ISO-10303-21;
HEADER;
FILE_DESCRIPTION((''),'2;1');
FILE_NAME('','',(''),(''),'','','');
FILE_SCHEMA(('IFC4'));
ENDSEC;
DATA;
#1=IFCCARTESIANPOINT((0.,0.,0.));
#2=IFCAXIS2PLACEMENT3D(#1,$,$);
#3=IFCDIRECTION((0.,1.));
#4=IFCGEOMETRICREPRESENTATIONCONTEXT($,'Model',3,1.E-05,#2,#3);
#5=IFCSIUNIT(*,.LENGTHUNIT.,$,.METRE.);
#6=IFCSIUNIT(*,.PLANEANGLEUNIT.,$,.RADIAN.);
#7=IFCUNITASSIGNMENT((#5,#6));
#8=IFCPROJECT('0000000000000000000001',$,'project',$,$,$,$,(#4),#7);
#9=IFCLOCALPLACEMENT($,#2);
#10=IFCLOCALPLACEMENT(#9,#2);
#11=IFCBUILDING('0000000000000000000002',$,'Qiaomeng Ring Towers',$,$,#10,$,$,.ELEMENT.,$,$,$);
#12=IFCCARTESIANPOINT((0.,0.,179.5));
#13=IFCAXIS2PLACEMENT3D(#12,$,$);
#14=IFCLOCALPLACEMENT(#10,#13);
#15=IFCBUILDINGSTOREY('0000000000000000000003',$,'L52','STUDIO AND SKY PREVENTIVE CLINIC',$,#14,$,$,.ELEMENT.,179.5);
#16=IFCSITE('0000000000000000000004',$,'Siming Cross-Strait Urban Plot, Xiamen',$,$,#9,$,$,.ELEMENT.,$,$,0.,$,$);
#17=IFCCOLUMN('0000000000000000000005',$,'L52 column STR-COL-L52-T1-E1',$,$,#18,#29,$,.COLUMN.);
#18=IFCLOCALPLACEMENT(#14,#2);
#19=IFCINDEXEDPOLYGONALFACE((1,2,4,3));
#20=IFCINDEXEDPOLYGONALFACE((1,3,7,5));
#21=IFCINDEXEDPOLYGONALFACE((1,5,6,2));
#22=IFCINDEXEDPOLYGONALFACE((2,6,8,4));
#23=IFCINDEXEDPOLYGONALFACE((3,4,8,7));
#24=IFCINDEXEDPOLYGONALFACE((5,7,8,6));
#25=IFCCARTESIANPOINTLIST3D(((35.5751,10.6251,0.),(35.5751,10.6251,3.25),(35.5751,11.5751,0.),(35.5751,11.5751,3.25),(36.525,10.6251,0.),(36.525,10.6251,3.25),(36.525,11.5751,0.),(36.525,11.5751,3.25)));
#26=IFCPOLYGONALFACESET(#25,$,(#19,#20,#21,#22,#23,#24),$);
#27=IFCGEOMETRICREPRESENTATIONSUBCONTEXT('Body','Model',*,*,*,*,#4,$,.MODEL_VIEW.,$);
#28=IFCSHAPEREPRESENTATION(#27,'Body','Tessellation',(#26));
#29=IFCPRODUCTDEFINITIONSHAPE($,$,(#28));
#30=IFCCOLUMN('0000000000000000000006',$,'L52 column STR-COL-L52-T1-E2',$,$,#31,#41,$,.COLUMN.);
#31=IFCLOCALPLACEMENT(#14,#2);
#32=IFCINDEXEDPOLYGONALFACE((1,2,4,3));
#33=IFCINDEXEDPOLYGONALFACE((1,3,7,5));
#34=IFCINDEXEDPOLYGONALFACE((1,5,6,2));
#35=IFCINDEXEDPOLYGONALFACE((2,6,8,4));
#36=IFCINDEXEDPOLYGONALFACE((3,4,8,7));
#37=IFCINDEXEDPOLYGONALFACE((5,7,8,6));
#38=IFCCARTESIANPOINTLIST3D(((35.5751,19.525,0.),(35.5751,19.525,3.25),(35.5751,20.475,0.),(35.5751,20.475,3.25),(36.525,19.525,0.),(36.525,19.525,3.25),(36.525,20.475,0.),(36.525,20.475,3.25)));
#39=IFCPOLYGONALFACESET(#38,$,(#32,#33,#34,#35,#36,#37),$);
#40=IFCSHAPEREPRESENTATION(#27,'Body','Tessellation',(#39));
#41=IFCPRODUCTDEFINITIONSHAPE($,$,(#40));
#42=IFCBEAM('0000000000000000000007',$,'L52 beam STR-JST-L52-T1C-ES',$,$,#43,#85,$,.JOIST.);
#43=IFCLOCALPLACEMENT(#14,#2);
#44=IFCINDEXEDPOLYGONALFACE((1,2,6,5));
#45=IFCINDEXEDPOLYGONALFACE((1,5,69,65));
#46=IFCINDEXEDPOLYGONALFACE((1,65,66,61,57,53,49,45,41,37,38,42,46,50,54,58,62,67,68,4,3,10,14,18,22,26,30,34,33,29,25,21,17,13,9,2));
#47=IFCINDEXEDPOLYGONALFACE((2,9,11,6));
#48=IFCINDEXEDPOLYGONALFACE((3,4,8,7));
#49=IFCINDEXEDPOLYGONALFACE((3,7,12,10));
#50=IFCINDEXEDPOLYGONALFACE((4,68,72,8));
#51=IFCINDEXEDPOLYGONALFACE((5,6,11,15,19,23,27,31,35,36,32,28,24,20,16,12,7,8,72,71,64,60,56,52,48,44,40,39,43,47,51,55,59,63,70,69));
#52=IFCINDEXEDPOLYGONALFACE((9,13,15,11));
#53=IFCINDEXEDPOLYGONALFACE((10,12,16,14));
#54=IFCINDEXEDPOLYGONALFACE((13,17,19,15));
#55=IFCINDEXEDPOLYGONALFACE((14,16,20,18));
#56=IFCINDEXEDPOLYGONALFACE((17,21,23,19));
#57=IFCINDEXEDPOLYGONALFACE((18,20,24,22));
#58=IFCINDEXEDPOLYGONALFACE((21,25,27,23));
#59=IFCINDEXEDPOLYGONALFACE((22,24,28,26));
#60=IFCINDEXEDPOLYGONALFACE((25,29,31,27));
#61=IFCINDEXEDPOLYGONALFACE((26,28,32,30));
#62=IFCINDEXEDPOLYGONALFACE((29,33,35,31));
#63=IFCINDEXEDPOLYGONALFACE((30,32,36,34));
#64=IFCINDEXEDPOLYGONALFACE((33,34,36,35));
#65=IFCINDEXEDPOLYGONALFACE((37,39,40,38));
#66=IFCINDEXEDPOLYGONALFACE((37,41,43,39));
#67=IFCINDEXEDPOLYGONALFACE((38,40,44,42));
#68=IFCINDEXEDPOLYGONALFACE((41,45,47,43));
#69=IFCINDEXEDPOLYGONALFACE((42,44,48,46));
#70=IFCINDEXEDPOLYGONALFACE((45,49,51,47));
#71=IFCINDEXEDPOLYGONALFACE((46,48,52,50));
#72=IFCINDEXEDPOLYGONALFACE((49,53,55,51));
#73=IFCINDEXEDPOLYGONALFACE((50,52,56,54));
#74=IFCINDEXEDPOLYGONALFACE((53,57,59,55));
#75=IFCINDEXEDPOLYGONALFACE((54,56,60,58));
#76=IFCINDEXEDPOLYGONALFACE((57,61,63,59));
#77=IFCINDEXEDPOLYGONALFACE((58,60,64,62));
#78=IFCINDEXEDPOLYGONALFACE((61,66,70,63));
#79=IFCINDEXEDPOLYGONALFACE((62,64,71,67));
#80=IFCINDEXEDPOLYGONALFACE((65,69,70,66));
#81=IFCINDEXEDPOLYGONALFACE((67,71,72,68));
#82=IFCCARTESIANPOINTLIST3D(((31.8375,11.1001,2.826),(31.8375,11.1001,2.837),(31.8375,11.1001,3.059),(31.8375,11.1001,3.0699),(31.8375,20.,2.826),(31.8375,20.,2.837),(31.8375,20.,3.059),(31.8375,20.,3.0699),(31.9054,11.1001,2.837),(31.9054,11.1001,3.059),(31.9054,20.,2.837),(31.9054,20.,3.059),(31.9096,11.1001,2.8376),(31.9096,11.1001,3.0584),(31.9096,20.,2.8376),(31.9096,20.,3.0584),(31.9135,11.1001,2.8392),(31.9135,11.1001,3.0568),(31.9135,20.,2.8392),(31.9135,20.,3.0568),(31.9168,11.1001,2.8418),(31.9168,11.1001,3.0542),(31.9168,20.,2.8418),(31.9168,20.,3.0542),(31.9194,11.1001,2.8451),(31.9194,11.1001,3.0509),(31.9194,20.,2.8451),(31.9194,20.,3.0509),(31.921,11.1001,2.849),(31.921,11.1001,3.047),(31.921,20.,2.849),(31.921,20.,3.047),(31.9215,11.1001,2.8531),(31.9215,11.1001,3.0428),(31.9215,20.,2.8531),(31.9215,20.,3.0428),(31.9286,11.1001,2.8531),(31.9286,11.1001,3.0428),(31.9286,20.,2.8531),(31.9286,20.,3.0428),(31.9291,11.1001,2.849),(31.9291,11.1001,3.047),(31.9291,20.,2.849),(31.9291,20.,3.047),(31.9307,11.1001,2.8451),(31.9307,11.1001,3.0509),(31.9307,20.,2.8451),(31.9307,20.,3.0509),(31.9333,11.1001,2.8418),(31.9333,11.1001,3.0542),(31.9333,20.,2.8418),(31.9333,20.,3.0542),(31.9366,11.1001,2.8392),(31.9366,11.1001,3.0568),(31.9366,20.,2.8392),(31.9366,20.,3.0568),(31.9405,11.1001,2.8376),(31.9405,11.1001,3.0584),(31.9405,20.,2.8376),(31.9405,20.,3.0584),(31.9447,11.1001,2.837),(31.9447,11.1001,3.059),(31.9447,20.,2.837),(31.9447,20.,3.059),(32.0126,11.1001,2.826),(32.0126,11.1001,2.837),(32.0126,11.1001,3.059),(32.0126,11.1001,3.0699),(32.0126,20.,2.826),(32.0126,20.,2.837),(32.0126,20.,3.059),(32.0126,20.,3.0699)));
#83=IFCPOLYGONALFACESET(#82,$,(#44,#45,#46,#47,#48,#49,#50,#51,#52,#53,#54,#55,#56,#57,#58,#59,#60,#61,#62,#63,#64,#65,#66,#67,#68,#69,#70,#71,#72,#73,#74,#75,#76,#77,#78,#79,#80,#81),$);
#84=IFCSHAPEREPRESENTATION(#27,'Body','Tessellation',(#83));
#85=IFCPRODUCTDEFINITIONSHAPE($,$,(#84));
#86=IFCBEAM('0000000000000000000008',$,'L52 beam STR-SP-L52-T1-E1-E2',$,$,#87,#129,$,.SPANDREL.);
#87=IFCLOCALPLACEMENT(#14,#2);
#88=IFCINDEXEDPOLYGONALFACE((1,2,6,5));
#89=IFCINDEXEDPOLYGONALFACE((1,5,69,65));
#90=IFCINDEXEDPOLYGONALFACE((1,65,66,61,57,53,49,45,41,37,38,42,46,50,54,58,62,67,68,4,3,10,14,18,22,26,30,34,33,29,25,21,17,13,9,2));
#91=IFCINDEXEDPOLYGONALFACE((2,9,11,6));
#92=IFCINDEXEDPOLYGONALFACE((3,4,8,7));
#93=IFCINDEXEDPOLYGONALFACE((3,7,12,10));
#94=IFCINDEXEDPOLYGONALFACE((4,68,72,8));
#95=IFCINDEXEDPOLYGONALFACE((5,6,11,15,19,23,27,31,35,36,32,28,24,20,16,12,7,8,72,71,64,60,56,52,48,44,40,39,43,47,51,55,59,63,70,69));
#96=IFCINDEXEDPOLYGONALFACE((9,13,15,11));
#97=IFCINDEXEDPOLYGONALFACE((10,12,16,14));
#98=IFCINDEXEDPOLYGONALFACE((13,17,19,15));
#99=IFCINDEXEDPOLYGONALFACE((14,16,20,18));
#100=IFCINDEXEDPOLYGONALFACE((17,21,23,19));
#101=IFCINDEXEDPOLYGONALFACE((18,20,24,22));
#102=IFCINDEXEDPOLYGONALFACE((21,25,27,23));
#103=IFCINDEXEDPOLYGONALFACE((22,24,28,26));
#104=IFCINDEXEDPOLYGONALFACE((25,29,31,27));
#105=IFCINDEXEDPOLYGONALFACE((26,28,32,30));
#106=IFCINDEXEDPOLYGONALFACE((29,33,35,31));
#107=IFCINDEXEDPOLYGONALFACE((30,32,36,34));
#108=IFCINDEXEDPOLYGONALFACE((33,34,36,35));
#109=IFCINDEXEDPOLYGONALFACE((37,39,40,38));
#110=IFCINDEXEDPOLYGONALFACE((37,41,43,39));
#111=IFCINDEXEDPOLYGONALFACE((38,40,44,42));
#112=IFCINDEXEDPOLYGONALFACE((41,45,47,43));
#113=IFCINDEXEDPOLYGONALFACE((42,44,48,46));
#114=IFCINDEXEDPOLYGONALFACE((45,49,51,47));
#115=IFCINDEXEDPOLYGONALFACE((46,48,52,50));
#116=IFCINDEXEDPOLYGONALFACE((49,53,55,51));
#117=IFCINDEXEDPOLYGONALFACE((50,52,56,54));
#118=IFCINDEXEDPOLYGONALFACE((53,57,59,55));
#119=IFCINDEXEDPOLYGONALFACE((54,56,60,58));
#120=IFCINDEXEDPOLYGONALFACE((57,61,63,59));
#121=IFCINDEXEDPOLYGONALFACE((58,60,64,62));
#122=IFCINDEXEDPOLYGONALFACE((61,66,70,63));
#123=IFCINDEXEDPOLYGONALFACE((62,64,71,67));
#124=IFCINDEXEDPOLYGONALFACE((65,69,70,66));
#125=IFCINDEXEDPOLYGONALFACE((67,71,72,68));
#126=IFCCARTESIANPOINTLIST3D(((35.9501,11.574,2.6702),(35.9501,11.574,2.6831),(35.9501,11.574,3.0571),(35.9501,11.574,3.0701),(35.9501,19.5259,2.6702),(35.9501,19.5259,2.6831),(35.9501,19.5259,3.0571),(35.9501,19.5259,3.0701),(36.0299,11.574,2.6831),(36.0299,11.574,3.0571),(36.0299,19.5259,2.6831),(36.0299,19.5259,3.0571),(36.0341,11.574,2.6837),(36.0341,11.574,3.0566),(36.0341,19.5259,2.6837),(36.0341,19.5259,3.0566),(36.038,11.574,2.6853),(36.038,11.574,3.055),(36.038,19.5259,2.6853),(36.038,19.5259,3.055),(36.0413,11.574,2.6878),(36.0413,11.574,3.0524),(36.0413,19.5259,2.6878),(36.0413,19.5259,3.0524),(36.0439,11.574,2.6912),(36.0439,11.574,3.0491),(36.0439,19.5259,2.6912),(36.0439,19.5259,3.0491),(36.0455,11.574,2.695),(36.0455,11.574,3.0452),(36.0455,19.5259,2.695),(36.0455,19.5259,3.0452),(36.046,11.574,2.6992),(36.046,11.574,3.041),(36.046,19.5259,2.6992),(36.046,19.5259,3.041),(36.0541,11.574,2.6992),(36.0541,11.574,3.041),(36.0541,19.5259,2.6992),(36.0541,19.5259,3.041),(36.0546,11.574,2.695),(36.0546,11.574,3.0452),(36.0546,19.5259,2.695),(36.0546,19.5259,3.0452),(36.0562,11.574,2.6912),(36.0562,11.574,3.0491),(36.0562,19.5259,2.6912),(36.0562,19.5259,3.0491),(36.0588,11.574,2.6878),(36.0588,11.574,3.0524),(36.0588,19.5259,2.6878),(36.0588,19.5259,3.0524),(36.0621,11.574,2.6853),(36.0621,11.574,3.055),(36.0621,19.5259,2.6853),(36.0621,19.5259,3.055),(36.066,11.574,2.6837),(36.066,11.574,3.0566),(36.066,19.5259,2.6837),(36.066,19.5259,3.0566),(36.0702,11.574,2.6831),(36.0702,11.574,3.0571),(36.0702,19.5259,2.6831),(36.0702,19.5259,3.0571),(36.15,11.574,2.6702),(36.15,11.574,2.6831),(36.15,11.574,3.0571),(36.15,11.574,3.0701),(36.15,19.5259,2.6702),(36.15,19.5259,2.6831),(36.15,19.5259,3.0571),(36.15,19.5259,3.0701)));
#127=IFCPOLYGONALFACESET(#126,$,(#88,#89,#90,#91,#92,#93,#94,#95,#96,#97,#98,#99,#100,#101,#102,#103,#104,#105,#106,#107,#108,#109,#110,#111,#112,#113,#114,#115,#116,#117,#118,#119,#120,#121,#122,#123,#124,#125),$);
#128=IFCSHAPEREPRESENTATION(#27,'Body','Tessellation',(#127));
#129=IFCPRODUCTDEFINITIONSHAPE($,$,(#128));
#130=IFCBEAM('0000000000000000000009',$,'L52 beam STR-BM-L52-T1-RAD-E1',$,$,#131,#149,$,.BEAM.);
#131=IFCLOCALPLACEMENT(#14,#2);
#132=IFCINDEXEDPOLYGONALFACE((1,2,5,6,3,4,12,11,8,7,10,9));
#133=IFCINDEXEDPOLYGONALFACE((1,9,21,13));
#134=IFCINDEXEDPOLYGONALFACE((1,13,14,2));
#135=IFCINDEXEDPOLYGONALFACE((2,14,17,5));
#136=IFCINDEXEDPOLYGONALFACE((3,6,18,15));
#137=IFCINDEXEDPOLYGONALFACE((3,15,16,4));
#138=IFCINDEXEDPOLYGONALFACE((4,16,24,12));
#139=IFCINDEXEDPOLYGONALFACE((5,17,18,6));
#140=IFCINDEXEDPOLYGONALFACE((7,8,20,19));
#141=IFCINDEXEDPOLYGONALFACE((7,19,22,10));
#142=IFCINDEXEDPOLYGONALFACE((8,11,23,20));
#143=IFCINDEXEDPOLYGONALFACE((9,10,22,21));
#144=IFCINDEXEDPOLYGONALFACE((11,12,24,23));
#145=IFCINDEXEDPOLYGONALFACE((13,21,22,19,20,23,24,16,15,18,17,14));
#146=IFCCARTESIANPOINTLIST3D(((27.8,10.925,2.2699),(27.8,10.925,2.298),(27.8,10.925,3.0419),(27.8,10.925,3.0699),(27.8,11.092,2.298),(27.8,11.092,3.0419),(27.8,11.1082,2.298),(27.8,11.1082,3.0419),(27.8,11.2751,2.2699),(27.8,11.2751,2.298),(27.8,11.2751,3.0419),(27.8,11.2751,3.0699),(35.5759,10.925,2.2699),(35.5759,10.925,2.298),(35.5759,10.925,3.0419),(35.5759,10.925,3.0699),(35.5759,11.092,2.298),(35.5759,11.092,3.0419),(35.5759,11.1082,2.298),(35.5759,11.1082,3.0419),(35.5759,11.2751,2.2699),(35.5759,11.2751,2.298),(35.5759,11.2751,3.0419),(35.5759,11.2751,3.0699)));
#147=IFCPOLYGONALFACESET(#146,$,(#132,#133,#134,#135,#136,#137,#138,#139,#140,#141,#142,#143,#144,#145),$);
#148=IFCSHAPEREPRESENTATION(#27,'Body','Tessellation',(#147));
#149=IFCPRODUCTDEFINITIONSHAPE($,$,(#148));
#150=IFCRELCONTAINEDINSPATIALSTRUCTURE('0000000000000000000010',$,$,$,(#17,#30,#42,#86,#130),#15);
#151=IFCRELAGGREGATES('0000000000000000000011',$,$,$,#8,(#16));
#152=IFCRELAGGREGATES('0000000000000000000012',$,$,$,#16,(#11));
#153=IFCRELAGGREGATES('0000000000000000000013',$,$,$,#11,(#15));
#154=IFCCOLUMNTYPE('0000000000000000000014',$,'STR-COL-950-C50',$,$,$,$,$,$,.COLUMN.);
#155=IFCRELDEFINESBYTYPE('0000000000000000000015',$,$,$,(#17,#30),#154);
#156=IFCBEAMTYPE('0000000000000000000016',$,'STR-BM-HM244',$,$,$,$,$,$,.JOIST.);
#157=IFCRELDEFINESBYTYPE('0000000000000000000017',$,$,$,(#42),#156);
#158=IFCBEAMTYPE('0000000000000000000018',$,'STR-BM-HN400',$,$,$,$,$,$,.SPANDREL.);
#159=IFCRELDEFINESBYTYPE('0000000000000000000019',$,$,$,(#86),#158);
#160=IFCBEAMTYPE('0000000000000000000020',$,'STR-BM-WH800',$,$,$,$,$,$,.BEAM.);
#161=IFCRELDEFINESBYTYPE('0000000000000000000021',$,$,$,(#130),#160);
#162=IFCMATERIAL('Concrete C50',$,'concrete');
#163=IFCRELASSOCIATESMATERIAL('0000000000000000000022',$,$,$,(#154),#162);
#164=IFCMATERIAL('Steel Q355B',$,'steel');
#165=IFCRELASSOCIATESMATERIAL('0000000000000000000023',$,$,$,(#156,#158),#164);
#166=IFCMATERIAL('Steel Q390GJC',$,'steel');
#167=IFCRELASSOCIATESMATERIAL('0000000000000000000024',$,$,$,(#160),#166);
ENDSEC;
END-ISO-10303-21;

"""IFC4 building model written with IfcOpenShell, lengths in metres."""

from ifc_helpers import new_model, si_unit, direction, frame, origin, origin_2d, place, context, subcontext, project, spatial, rectangle, i_section, extrude, source, transform, mapped, material, material_profile, profile_set, type_object, element, save


model = new_model("IFC4")

# Units and contexts
model_context = context("Model", 3, precision=1e-05, world=origin(), true_north=direction((0.0, 1.0)))
body_context = subcontext(model_context, "Body", "Model", "MODEL_VIEW")
ifc_project = project(units=[si_unit("LENGTHUNIT", "METRE"), si_unit("PLANEANGLEUNIT", "RADIAN")], contexts=[model_context])

# Site, building, storey
site_placement = place(None, origin())
site = spatial("IfcSite", under=ifc_project, at=site_placement, Name="Siming Cross-Strait Urban Plot, Xiamen", CompositionType="ELEMENT", RefElevation=0.0)
building_placement = place(site_placement, origin())
building = spatial("IfcBuilding", under=site, at=building_placement, Name="Qiaomeng Ring Towers", CompositionType="ELEMENT")
storey_placement = place(building_placement, frame((0.0, 0.0, 179.5)))
storey = spatial("IfcBuildingStorey", under=building, at=storey_placement, Name="L52", Description="STUDIO AND SKY PREVENTIVE CLINIC", CompositionType="ELEMENT", Elevation=179.5)

# Columns
ifc_material_1 = material(Name="Concrete C50", Category="concrete")
ifc_material_profile_1 = material_profile(ifc_material_1, rectangle(XDim=0.95, YDim=0.95, at=origin_2d()), Name="RC COL 950x950")
ifc_profile_set_1 = profile_set([ifc_material_profile_1], Name="Concrete C50")
column_type = type_object("IfcColumnType", Name="STR-COL-950-C50", PredefinedType="COLUMN", material=ifc_profile_set_1)
shared_shape_1 = source(origin(), body_context, "Body", "SweptSolid", [
    extrude(rectangle(XDim=0.95, YDim=0.95, at=origin_2d()), origin(), (0.0, 0.0, 1.0), 3.25),
])
for number, where, z_axis, x_axis, name in (
    (1, (36.05, 11.1001, 0.0), (0.0, 0.0, 1.0), (1.0, 0.0, 0.0), "L52 column STR-COL-L52-T1-E1"),
    (2, (36.05, 20.0, 0.0), (0.0, 0.0, 1.0), (1.0, 0.0, 0.0), "L52 column STR-COL-L52-T1-E2"),
):
    element("IfcColumn", number, at=place(storey_placement, frame(where, z_axis=z_axis, x_axis=x_axis)), inside=storey, type_object=column_type, Name=name, PredefinedType="COLUMN", context=body_context, shape_type="MappedRepresentation", body=[
        mapped(shared_shape_1, transform((0.0, 0.0, 0.0), x_axis=(1.0, 0.0, 0.0), y_axis=(0.0, 1.0, 0.0), z_axis=(0.0, 0.0, 1.0), scale=1.0)),
    ])

# Beams
ifc_material_2 = material(Name="Steel Q355B", Category="steel")
ifc_material_profile_2 = material_profile(ifc_material_2, i_section(OverallWidth=0.175, OverallDepth=0.2439, WebThickness=0.0071, FlangeThickness=0.011, FilletRadius=0.0161, at=origin_2d()), Name="HM 244x175x7x11")
ifc_profile_set_2 = profile_set([ifc_material_profile_2], Name="Steel Q355B")
beam_type_1 = type_object("IfcBeamType", Name="STR-BM-HM244", PredefinedType="JOIST", material=ifc_profile_set_2)
shared_shape_2 = source(origin(), body_context, "Body", "SweptSolid", [
    extrude(i_section(OverallWidth=0.175, OverallDepth=0.2439, WebThickness=0.0071, FlangeThickness=0.011, FilletRadius=0.0161, at=origin_2d()), origin(), (0.0, 0.0, 1.0), 8.8999),
])
beam_1_placement = place(storey_placement, frame((31.925, 11.1001, 2.948), z_axis=(0.0, 1.0, 0.0), x_axis=(-1.0, 0.0, 0.0)))
element("IfcBeam", 3, at=beam_1_placement, inside=storey, type_object=beam_type_1, Name="L52 beam STR-JST-L52-T1C-ES", PredefinedType="JOIST", context=body_context, shape_type="MappedRepresentation", body=[
    mapped(shared_shape_2, transform((0.0, 0.0, 0.0), x_axis=(1.0, 0.0, 0.0), y_axis=(0.0, 1.0, 0.0), z_axis=(0.0, 0.0, 1.0), scale=1.0)),
])
ifc_material_profile_3 = material_profile(ifc_material_2, i_section(OverallWidth=0.2, OverallDepth=0.3999, WebThickness=0.0081, FlangeThickness=0.0129, FilletRadius=0.0161, at=origin_2d()), Name="HN 400x200x8x13")
ifc_profile_set_3 = profile_set([ifc_material_profile_3], Name="Steel Q355B")
beam_type_2 = type_object("IfcBeamType", Name="STR-BM-HN400", PredefinedType="SPANDREL", material=ifc_profile_set_3)
shared_shape_3 = source(origin(), body_context, "Body", "SweptSolid", [
    extrude(i_section(OverallWidth=0.2, OverallDepth=0.3999, WebThickness=0.0081, FlangeThickness=0.0129, FilletRadius=0.0161, at=origin_2d()), origin(), (0.0, 0.0, 1.0), 7.9519),
])
beam_2_placement = place(storey_placement, frame((36.05, 11.574, 2.8701), z_axis=(0.0, 1.0, 0.0), x_axis=(-1.0, 0.0, 0.0)))
element("IfcBeam", 4, at=beam_2_placement, inside=storey, type_object=beam_type_2, Name="L52 beam STR-SP-L52-T1-E1-E2", PredefinedType="SPANDREL", context=body_context, shape_type="MappedRepresentation", body=[
    mapped(shared_shape_3, transform((0.0, 0.0, 0.0), x_axis=(1.0, 0.0, 0.0), y_axis=(0.0, 1.0, 0.0), z_axis=(0.0, 0.0, 1.0), scale=1.0)),
])
ifc_material_3 = material(Name="Steel Q390GJC", Category="steel")
ifc_material_profile_4 = material_profile(ifc_material_3, i_section(OverallWidth=0.3501, OverallDepth=0.8, WebThickness=0.0161, FlangeThickness=0.0281, at=origin_2d()), Name="WH 800x350x16x28")
ifc_profile_set_4 = profile_set([ifc_material_profile_4], Name="Steel Q390GJC")
beam_type_3 = type_object("IfcBeamType", Name="STR-BM-WH800", PredefinedType="BEAM", material=ifc_profile_set_4)
shared_shape_4 = source(origin(), body_context, "Body", "SweptSolid", [
    extrude(i_section(OverallWidth=0.3501, OverallDepth=0.8, WebThickness=0.0161, FlangeThickness=0.0281, at=origin_2d()), origin(), (0.0, 0.0, 1.0), 7.7759),
])
beam_3_placement = place(storey_placement, frame((27.8, 11.1001, 2.6699), z_axis=(1.0, 0.0, 0.0), x_axis=(0.0, 1.0, 0.0)))
element("IfcBeam", 5, at=beam_3_placement, inside=storey, type_object=beam_type_3, Name="L52 beam STR-BM-L52-T1-RAD-E1", PredefinedType="BEAM", context=body_context, shape_type="MappedRepresentation", body=[
    mapped(shared_shape_4, transform((0.0, 0.0, 0.0), x_axis=(1.0, 0.0, 0.0), y_axis=(0.0, 1.0, 0.0), z_axis=(0.0, 0.0, 1.0), scale=1.0)),
])

save(model, "model.ifc")
